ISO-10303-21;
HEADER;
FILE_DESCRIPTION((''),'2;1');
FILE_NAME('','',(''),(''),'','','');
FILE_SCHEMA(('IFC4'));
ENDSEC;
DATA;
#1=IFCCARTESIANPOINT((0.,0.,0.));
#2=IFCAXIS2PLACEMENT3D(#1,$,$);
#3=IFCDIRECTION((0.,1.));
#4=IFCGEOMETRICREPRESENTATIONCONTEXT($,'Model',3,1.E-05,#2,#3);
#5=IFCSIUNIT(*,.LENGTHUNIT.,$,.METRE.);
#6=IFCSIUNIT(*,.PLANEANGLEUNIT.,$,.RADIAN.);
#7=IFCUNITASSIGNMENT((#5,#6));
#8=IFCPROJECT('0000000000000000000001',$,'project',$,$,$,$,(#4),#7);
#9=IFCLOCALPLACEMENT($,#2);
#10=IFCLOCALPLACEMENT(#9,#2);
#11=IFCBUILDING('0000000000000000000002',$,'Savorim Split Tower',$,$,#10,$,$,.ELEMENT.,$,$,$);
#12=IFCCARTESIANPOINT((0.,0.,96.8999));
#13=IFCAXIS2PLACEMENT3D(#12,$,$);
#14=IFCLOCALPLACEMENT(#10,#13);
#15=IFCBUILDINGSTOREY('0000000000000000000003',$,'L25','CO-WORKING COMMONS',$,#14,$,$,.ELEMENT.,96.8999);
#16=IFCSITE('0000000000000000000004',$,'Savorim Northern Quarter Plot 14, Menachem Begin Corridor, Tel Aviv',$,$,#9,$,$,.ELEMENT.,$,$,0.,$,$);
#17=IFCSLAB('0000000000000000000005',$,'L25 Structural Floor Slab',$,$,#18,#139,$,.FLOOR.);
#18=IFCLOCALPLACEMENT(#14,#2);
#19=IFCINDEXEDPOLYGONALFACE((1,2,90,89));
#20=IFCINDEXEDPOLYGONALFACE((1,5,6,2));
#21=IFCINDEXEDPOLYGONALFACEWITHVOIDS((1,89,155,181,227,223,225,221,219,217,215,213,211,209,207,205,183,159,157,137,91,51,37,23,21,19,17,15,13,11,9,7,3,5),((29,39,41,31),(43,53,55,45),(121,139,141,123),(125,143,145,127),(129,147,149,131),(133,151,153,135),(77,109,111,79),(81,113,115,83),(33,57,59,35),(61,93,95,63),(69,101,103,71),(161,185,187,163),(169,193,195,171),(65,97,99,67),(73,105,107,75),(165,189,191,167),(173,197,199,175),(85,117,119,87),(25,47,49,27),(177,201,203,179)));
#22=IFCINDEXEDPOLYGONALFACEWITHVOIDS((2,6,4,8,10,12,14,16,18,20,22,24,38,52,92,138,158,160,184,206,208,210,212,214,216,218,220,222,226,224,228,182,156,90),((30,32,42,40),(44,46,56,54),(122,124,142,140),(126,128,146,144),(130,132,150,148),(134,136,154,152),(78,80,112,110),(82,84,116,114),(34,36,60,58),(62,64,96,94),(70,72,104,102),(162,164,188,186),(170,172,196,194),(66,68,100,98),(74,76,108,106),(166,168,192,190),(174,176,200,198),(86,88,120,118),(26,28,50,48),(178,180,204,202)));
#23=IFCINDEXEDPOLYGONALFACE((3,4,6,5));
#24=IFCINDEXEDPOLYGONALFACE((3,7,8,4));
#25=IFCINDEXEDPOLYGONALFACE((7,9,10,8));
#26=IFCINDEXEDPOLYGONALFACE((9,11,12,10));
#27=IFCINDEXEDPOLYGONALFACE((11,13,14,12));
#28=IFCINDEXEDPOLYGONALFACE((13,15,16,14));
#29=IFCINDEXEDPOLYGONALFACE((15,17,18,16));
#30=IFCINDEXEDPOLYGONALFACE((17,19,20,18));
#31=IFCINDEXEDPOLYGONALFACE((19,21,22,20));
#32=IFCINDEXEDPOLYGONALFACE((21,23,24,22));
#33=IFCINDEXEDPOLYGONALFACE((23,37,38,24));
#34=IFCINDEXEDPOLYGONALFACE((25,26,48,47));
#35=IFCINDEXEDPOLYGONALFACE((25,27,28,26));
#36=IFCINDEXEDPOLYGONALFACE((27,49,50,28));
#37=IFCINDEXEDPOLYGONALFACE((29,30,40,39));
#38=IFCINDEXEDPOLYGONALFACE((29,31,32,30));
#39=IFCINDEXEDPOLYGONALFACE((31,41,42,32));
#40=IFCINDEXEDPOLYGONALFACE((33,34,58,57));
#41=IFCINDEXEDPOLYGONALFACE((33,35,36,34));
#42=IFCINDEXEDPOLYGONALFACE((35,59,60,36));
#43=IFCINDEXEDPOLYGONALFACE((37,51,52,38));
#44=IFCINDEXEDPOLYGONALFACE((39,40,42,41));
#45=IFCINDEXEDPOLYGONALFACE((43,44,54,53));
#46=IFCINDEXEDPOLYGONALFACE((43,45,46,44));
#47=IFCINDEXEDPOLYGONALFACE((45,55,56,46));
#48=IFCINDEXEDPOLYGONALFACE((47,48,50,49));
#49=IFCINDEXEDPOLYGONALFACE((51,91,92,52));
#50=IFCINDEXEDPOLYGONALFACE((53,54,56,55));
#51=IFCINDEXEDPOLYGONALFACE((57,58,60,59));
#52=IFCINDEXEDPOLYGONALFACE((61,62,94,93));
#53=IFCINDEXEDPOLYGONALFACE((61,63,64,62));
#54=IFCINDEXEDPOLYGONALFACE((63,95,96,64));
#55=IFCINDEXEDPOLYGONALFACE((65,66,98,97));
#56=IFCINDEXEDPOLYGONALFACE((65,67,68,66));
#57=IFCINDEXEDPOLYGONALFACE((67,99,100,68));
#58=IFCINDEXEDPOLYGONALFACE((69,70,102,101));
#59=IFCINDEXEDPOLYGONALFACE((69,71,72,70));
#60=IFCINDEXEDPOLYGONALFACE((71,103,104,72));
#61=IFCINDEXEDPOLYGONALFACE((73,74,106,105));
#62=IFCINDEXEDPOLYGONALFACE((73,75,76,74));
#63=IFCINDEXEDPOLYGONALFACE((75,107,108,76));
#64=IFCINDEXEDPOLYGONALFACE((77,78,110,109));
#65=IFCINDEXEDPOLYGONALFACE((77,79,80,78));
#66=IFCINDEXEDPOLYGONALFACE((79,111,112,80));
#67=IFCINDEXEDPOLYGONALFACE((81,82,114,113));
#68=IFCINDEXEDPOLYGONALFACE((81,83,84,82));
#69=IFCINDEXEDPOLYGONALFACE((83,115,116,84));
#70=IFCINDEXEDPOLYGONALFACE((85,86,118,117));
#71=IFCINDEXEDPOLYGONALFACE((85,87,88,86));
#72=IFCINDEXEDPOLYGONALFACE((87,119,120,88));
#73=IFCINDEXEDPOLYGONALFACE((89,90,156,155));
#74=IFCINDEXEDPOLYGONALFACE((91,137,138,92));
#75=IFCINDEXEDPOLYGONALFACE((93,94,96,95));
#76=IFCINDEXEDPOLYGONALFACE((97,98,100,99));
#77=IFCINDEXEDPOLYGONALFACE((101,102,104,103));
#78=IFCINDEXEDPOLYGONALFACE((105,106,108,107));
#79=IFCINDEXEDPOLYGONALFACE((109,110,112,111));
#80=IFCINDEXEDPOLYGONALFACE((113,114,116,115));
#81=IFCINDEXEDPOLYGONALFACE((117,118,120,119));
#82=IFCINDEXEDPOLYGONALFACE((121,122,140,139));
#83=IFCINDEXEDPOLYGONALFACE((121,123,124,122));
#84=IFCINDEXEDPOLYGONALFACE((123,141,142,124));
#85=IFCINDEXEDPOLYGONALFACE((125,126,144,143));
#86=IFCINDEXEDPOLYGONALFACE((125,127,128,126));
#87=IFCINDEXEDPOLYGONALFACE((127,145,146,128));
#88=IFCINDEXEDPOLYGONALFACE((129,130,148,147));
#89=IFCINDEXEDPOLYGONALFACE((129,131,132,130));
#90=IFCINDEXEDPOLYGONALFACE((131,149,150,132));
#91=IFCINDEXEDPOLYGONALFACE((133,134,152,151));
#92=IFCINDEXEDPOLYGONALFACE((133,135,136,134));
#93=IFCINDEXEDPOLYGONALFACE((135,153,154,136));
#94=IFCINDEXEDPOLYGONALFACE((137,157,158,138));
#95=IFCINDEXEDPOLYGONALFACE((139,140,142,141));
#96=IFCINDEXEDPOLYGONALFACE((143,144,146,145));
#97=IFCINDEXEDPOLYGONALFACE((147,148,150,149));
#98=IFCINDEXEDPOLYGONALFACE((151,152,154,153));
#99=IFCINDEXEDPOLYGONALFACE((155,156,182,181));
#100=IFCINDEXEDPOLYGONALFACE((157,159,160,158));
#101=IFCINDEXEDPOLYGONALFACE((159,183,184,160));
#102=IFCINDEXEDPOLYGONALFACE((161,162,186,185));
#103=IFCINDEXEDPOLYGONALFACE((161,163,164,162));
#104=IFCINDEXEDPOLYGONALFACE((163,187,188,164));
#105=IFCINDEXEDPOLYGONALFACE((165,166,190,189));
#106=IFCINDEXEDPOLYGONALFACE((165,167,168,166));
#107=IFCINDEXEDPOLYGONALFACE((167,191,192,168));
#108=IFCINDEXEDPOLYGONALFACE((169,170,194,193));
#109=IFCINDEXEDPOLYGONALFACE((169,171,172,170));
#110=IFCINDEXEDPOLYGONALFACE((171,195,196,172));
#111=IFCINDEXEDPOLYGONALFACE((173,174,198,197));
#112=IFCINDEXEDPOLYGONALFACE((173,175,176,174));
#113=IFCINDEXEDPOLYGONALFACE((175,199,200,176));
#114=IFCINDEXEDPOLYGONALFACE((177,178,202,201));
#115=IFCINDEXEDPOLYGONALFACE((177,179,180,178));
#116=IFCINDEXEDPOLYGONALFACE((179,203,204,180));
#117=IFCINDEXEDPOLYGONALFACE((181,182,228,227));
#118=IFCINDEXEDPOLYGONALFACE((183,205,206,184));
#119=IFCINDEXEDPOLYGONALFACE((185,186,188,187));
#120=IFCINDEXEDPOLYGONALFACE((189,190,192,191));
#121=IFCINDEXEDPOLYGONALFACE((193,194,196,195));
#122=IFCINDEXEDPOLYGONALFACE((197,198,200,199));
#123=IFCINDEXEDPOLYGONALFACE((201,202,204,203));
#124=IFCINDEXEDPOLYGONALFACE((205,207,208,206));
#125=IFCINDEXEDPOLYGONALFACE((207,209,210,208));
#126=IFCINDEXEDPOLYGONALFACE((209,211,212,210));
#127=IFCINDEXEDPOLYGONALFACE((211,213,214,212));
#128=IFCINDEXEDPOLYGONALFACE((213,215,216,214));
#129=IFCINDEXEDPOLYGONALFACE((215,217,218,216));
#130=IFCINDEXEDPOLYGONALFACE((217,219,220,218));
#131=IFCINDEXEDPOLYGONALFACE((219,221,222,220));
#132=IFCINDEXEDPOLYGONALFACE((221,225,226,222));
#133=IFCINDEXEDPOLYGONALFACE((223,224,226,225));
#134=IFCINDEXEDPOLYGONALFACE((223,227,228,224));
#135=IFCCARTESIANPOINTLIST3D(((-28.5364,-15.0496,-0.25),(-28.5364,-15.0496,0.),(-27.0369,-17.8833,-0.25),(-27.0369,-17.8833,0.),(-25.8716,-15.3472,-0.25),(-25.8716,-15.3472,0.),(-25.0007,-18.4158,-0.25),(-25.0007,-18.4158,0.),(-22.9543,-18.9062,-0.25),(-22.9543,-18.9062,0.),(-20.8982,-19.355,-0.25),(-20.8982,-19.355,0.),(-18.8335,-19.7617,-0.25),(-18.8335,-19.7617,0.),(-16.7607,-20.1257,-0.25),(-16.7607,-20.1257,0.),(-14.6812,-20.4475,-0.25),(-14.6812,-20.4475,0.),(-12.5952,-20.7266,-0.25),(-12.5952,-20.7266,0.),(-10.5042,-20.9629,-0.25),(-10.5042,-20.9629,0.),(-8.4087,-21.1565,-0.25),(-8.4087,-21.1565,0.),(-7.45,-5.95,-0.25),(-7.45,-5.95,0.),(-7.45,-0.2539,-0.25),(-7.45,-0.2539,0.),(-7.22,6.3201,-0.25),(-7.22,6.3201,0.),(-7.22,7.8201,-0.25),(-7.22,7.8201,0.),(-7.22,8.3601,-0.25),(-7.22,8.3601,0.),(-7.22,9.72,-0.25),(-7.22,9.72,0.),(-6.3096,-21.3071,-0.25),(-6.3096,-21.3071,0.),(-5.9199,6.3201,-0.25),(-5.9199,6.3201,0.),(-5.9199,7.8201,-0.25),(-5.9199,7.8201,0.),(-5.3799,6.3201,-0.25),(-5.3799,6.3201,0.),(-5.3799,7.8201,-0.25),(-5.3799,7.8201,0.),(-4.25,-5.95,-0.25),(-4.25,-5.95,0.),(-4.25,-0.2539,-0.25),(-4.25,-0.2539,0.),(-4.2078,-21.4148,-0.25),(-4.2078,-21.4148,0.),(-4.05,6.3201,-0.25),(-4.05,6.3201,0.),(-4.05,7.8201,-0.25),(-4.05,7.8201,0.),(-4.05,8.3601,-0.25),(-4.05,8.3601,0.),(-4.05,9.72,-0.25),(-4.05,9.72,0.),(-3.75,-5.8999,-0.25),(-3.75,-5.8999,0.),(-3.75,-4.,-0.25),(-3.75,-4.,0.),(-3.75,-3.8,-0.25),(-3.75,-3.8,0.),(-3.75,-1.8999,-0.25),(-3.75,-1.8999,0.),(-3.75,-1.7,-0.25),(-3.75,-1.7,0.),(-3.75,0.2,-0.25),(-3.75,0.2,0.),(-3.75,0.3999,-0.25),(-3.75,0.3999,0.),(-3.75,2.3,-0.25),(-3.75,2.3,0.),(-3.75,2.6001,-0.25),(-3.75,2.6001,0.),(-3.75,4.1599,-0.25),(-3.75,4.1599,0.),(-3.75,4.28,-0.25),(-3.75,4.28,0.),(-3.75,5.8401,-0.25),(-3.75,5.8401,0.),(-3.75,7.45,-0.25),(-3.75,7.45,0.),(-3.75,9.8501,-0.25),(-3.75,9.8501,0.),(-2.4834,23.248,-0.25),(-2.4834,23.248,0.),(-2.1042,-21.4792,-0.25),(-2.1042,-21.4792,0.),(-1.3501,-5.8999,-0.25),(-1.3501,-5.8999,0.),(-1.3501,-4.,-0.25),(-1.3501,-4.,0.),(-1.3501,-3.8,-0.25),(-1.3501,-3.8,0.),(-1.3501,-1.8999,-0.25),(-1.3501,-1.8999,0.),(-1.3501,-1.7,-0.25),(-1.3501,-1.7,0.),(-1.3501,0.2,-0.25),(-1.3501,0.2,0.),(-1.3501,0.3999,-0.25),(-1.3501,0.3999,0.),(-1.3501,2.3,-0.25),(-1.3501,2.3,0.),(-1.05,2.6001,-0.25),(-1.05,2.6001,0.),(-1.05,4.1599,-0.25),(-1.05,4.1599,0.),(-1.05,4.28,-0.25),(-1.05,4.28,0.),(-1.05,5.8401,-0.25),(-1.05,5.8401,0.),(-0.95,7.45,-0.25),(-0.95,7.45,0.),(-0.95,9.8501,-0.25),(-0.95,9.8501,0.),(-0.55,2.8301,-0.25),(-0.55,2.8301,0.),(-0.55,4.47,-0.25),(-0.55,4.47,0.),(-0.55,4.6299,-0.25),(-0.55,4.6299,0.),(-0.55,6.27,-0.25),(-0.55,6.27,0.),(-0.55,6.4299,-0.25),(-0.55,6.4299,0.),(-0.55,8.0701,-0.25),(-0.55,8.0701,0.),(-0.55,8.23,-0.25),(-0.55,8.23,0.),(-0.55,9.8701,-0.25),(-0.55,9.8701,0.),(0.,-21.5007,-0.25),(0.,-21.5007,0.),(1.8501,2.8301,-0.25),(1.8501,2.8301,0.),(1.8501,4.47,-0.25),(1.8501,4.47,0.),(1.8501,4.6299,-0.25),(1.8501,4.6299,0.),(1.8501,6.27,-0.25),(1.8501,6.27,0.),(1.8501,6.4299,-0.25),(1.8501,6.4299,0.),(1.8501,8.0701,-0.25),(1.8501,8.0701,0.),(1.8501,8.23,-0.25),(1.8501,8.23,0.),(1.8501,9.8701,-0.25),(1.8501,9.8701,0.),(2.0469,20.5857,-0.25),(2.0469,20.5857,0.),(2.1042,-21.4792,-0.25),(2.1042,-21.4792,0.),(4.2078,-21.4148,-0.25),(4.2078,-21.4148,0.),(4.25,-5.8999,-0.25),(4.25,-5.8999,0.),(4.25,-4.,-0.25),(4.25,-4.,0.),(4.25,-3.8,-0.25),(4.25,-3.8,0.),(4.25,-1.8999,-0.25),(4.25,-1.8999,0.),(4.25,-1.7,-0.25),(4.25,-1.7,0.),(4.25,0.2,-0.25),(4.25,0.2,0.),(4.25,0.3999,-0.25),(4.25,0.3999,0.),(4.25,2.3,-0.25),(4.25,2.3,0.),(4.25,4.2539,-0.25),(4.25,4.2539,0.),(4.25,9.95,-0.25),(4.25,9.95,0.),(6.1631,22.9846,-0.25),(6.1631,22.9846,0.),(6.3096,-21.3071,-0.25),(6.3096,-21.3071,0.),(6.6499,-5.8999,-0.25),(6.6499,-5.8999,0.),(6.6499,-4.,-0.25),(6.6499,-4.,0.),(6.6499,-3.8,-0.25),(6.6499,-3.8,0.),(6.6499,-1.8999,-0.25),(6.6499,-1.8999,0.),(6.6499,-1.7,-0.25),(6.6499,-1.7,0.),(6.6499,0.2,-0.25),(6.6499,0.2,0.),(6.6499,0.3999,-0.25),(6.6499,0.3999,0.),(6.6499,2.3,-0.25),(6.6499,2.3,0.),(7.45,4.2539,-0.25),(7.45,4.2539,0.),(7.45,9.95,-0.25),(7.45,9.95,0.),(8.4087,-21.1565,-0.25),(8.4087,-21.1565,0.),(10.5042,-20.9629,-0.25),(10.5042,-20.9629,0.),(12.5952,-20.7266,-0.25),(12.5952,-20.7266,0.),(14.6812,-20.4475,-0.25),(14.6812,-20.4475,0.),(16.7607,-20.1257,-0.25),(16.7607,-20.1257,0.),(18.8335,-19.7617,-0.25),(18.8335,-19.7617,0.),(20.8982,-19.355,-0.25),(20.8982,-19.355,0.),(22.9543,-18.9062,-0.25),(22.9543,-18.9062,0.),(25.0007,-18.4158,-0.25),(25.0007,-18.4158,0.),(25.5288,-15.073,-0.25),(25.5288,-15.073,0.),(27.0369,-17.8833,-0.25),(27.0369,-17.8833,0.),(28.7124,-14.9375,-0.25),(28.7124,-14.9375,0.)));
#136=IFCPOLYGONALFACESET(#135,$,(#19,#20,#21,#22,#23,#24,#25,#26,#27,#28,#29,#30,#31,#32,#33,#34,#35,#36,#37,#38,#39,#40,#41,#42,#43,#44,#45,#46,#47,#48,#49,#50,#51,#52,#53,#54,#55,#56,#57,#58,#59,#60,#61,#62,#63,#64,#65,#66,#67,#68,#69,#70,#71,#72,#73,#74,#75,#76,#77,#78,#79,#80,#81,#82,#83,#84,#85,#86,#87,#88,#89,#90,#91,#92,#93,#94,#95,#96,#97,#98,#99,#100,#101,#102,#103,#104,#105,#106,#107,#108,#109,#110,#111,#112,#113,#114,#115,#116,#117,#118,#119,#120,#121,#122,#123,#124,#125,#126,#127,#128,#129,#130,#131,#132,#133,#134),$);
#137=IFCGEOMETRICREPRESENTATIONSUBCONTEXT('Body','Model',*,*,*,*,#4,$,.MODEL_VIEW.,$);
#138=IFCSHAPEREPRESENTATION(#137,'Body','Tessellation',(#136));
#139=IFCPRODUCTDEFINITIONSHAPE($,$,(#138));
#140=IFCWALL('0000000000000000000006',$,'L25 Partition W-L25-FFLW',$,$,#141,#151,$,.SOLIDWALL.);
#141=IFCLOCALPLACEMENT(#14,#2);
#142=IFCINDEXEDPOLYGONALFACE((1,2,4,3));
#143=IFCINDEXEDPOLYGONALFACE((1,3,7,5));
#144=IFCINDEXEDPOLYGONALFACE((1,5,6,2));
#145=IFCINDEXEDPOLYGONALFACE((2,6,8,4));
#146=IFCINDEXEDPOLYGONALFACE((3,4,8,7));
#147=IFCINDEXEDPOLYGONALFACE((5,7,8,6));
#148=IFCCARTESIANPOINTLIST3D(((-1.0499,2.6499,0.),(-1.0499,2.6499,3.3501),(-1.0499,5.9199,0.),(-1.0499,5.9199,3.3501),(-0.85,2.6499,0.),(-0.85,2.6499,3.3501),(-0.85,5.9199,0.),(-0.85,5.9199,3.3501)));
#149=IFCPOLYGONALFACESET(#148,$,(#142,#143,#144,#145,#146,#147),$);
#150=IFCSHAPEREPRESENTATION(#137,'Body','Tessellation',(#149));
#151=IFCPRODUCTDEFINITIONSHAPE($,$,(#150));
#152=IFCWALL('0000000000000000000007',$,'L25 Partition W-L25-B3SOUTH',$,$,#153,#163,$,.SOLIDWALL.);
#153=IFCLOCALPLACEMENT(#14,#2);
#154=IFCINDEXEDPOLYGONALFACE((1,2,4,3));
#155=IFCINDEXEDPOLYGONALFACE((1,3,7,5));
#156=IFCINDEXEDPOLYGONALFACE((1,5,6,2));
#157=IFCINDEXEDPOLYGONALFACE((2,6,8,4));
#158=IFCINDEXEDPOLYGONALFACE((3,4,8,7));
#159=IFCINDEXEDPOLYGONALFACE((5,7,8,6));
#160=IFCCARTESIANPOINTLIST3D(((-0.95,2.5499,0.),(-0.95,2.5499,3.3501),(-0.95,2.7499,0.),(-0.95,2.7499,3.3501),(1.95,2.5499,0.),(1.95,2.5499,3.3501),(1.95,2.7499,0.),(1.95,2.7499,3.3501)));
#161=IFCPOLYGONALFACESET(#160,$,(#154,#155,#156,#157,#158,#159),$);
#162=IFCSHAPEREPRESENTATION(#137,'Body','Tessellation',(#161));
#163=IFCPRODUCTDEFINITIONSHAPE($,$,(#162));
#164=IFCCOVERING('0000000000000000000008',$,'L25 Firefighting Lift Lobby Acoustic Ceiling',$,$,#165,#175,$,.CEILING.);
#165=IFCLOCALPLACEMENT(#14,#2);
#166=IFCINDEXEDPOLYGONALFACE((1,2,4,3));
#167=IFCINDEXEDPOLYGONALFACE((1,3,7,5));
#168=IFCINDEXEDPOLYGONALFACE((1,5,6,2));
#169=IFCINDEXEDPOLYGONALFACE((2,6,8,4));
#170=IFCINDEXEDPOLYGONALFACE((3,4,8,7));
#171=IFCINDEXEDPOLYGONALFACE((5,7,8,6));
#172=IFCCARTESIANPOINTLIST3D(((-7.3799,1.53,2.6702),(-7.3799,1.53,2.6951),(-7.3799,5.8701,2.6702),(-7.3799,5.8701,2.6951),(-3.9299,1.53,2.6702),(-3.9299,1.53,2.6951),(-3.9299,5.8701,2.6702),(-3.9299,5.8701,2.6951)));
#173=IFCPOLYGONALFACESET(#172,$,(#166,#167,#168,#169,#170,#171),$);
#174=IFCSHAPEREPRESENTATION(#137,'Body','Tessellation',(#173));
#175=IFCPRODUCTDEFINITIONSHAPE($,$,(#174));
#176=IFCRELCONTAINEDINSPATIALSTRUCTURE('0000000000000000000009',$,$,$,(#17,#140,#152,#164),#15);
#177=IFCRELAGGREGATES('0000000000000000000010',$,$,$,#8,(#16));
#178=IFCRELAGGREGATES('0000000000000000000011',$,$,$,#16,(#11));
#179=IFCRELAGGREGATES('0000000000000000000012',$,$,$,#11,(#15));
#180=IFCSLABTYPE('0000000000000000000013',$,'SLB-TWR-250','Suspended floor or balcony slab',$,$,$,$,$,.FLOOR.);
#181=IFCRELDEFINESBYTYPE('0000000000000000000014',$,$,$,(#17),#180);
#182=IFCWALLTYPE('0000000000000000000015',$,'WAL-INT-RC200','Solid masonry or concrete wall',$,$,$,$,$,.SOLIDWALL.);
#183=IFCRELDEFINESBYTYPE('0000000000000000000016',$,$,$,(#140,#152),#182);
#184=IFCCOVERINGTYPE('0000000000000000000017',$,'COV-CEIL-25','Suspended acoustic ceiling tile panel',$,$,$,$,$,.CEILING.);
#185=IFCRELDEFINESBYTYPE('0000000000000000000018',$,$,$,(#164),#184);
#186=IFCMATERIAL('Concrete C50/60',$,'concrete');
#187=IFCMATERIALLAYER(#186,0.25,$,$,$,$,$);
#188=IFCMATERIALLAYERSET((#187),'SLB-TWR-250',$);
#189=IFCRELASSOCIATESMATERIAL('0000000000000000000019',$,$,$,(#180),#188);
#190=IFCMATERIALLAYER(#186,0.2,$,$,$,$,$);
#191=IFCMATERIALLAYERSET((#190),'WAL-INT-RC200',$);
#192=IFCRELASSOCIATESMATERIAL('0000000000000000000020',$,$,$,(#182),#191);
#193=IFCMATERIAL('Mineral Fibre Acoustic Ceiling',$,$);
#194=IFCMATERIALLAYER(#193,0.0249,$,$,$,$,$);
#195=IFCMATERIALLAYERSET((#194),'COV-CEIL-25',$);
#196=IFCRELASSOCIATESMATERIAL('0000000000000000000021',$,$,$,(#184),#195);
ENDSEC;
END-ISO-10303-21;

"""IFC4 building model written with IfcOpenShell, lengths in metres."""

from ifc_helpers import new_model, si_unit, direction, frame, frame_2d, origin, place, context, subcontext, project, spatial, polyline, rectangle, outline, extrude, material, layer, layer_set, type_object, element, save


model = new_model("IFC4")

# Units and contexts
model_context = context("Model", 3, precision=1e-05, world=origin(), true_north=direction((0.0, 1.0)))
body_context = subcontext(model_context, "Body", "Model", "MODEL_VIEW")
ifc_project = project(units=[si_unit("LENGTHUNIT", "METRE"), si_unit("PLANEANGLEUNIT", "RADIAN")], contexts=[model_context])

# Site, building, storey
site_placement = place(None, origin())
site = spatial("IfcSite", under=ifc_project, at=site_placement, Name="Savorim Northern Quarter Plot 14, Menachem Begin Corridor, Tel Aviv", CompositionType="ELEMENT", RefElevation=0.0)
building_placement = place(site_placement, origin())
building = spatial("IfcBuilding", under=site, at=building_placement, Name="Savorim Split Tower", CompositionType="ELEMENT")
storey_placement = place(building_placement, frame((0.0, 0.0, 96.8999)))
storey = spatial("IfcBuildingStorey", under=building, at=storey_placement, Name="L25", Description="CO-WORKING COMMONS", CompositionType="ELEMENT", Elevation=96.8999)

# Shared definitions
ifc_material_1 = material(Name="Concrete C50/60", Category="concrete")

# Slab
ifc_layer_1 = layer(ifc_material_1, 0.25)
ifc_layer_set_1 = layer_set([ifc_layer_1], Name="SLB-TWR-250")
slab_type_1 = type_object("IfcSlabType", Name="SLB-TWR-250", Description="Suspended floor or balcony slab", PredefinedType="FLOOR", material=ifc_layer_set_1)
slab_1_placement = place(storey_placement, frame((0.0, 0.0, -0.25)))
element("IfcSlab", 1, at=slab_1_placement, inside=storey, type_object=slab_type_1, Name="L25 Structural Floor Slab", PredefinedType="FLOOR", context=body_context, shape_type="SweptSolid", body=[
    extrude(outline(polyline([(-27.0369, -17.8833), (-25.0007, -18.4158), (-22.9543, -18.9062), (-20.8982, -19.355), (-18.8335, -19.7617), (-16.7607, -20.1257), (-14.6812, -20.4475), (-12.5952, -20.7266), (-10.5042, -20.9629), (-8.4087, -21.1565), (-6.3096, -21.3071), (-4.2078, -21.4148), (-2.1042, -21.4792), (0.0, -21.5007), (2.1042, -21.4792), (4.2078, -21.4148), (6.3096, -21.3071), (8.4087, -21.1565), (10.5042, -20.9629), (12.5952, -20.7266), (14.6812, -20.4475), (16.7607, -20.1257), (18.8335, -19.7617), (20.8982, -19.355), (22.9543, -18.9062), (25.0007, -18.4158), (27.0369, -17.8833), (25.5288, -15.073), (28.7124, -14.9375), (6.1631, 22.9846), (2.0469, 20.5857), (-2.4834, 23.248), (-28.5364, -15.0496), (-25.8716, -15.3472), (-27.0369, -17.8833)]), holes=[polyline([(-7.45, -0.2539), (-7.45, -5.95), (-4.25, -5.95), (-4.25, -0.2539), (-7.45, -0.2539)]), polyline([(7.45, 4.2539), (7.45, 9.95), (4.25, 9.95), (4.25, 4.2539), (7.45, 4.2539)]), polyline([(4.25, -5.8999), (6.6499, -5.8999), (6.6499, -4.0), (4.25, -4.0), (4.25, -5.8999)]), polyline([(4.25, -3.8), (6.6499, -3.8), (6.6499, -1.8999), (4.25, -1.8999), (4.25, -3.8)]), polyline([(4.25, -1.7), (6.6499, -1.7), (6.6499, 0.2), (4.25, 0.2), (4.25, -1.7)]), polyline([(4.25, 0.3999), (6.6499, 0.3999), (6.6499, 2.3), (4.25, 2.3), (4.25, 0.3999)]), polyline([(-3.75, -5.8999), (-1.3501, -5.8999), (-1.3501, -4.0), (-3.75, -4.0), (-3.75, -5.8999)]), polyline([(-3.75, -3.8), (-1.3501, -3.8), (-1.3501, -1.8999), (-3.75, -1.8999), (-3.75, -3.8)]), polyline([(-3.75, -1.7), (-1.3501, -1.7), (-1.3501, 0.2), (-3.75, 0.2), (-3.75, -1.7)]), polyline([(-3.75, 0.3999), (-1.3501, 0.3999), (-1.3501, 2.3), (-3.75, 2.3), (-3.75, 0.3999)]), polyline([(-0.55, 2.8301), (1.8501, 2.8301), (1.8501, 4.47), (-0.55, 4.47), (-0.55, 2.8301)]), polyline([(-0.55, 4.6299), (1.8501, 4.6299), (1.8501, 6.27), (-0.55, 6.27), (-0.55, 4.6299)]), polyline([(-0.55, 6.4299), (1.8501, 6.4299), (1.8501, 8.0701), (-0.55, 8.0701), (-0.55, 6.4299)]), polyline([(-0.55, 8.23), (1.8501, 8.23), (1.8501, 9.8701), (-0.55, 9.8701), (-0.55, 8.23)]), polyline([(-3.75, 2.6001), (-1.05, 2.6001), (-1.05, 4.1599), (-3.75, 4.1599), (-3.75, 2.6001)]), polyline([(-3.75, 4.28), (-1.05, 4.28), (-1.05, 5.8401), (-3.75, 5.8401), (-3.75, 4.28)]), polyline([(-3.75, 7.45), (-0.95, 7.45), (-0.95, 9.8501), (-3.75, 9.8501), (-3.75, 7.45)]), polyline([(-7.22, 6.3201), (-5.9199, 6.3201), (-5.9199, 7.8201), (-7.22, 7.8201), (-7.22, 6.3201)]), polyline([(-5.3799, 6.3201), (-4.05, 6.3201), (-4.05, 7.8201), (-5.3799, 7.8201), (-5.3799, 6.3201)]), polyline([(-7.22, 8.3601), (-4.05, 8.3601), (-4.05, 9.72), (-7.22, 9.72), (-7.22, 8.3601)])]), origin(), (0.0, 0.0, 1.0), 0.25),
])

# Walls
ifc_layer_2 = layer(ifc_material_1, 0.2)
ifc_layer_set_2 = layer_set([ifc_layer_2], Name="WAL-INT-RC200")
wall_type = type_object("IfcWallType", Name="WAL-INT-RC200", Description="Solid masonry or concrete wall", PredefinedType="SOLIDWALL", material=ifc_layer_set_2)
wall_1_placement = place(storey_placement, frame((-0.95, 2.6499, 0.0), z_axis=(0.0, 0.0, 1.0), x_axis=(0.0, 1.0, 0.0)))
element("IfcWall", 2, at=wall_1_placement, inside=storey, type_object=wall_type, Name="L25 Partition W-L25-FFLW", PredefinedType="SOLIDWALL", context=body_context, shape_type="SweptSolid", body=[
    extrude(rectangle(XDim=3.27, YDim=0.2, at=frame_2d((1.635, 0.0))), origin(), (0.0, 0.0, 1.0), 3.3501),
])
wall_2_placement = place(storey_placement, frame((-0.95, 2.6499, 0.0), z_axis=(0.0, 0.0, 1.0), x_axis=(1.0, 0.0, 0.0)))
element("IfcWall", 3, at=wall_2_placement, inside=storey, type_object=wall_type, Name="L25 Partition W-L25-B3SOUTH", PredefinedType="SOLIDWALL", context=body_context, shape_type="SweptSolid", body=[
    extrude(rectangle(XDim=2.8999, YDim=0.2, at=frame_2d((1.45, 0.0))), origin(), (0.0, 0.0, 1.0), 3.3501),
])

# Covering
ifc_material_2 = material(Name="Mineral Fibre Acoustic Ceiling")
ifc_layer_3 = layer(ifc_material_2, 0.0249)
ifc_layer_set_3 = layer_set([ifc_layer_3], Name="COV-CEIL-25")
covering_type_1 = type_object("IfcCoveringType", Name="COV-CEIL-25", Description="Suspended acoustic ceiling tile panel", PredefinedType="CEILING", material=ifc_layer_set_3)
covering_1_placement = place(storey_placement, frame((0.0, 0.0, 2.6702)))
element("IfcCovering", 4, at=covering_1_placement, inside=storey, type_object=covering_type_1, Name="L25 Firefighting Lift Lobby Acoustic Ceiling", PredefinedType="CEILING", context=body_context, shape_type="SweptSolid", body=[
    extrude(outline(polyline([(-7.3799, 5.8701), (-7.3799, 1.53), (-3.9299, 1.53), (-3.9299, 5.8701), (-7.3799, 5.8701)])), origin(), (0.0, 0.0, 1.0), 0.0249),
])

save(model, "model.ifc")
